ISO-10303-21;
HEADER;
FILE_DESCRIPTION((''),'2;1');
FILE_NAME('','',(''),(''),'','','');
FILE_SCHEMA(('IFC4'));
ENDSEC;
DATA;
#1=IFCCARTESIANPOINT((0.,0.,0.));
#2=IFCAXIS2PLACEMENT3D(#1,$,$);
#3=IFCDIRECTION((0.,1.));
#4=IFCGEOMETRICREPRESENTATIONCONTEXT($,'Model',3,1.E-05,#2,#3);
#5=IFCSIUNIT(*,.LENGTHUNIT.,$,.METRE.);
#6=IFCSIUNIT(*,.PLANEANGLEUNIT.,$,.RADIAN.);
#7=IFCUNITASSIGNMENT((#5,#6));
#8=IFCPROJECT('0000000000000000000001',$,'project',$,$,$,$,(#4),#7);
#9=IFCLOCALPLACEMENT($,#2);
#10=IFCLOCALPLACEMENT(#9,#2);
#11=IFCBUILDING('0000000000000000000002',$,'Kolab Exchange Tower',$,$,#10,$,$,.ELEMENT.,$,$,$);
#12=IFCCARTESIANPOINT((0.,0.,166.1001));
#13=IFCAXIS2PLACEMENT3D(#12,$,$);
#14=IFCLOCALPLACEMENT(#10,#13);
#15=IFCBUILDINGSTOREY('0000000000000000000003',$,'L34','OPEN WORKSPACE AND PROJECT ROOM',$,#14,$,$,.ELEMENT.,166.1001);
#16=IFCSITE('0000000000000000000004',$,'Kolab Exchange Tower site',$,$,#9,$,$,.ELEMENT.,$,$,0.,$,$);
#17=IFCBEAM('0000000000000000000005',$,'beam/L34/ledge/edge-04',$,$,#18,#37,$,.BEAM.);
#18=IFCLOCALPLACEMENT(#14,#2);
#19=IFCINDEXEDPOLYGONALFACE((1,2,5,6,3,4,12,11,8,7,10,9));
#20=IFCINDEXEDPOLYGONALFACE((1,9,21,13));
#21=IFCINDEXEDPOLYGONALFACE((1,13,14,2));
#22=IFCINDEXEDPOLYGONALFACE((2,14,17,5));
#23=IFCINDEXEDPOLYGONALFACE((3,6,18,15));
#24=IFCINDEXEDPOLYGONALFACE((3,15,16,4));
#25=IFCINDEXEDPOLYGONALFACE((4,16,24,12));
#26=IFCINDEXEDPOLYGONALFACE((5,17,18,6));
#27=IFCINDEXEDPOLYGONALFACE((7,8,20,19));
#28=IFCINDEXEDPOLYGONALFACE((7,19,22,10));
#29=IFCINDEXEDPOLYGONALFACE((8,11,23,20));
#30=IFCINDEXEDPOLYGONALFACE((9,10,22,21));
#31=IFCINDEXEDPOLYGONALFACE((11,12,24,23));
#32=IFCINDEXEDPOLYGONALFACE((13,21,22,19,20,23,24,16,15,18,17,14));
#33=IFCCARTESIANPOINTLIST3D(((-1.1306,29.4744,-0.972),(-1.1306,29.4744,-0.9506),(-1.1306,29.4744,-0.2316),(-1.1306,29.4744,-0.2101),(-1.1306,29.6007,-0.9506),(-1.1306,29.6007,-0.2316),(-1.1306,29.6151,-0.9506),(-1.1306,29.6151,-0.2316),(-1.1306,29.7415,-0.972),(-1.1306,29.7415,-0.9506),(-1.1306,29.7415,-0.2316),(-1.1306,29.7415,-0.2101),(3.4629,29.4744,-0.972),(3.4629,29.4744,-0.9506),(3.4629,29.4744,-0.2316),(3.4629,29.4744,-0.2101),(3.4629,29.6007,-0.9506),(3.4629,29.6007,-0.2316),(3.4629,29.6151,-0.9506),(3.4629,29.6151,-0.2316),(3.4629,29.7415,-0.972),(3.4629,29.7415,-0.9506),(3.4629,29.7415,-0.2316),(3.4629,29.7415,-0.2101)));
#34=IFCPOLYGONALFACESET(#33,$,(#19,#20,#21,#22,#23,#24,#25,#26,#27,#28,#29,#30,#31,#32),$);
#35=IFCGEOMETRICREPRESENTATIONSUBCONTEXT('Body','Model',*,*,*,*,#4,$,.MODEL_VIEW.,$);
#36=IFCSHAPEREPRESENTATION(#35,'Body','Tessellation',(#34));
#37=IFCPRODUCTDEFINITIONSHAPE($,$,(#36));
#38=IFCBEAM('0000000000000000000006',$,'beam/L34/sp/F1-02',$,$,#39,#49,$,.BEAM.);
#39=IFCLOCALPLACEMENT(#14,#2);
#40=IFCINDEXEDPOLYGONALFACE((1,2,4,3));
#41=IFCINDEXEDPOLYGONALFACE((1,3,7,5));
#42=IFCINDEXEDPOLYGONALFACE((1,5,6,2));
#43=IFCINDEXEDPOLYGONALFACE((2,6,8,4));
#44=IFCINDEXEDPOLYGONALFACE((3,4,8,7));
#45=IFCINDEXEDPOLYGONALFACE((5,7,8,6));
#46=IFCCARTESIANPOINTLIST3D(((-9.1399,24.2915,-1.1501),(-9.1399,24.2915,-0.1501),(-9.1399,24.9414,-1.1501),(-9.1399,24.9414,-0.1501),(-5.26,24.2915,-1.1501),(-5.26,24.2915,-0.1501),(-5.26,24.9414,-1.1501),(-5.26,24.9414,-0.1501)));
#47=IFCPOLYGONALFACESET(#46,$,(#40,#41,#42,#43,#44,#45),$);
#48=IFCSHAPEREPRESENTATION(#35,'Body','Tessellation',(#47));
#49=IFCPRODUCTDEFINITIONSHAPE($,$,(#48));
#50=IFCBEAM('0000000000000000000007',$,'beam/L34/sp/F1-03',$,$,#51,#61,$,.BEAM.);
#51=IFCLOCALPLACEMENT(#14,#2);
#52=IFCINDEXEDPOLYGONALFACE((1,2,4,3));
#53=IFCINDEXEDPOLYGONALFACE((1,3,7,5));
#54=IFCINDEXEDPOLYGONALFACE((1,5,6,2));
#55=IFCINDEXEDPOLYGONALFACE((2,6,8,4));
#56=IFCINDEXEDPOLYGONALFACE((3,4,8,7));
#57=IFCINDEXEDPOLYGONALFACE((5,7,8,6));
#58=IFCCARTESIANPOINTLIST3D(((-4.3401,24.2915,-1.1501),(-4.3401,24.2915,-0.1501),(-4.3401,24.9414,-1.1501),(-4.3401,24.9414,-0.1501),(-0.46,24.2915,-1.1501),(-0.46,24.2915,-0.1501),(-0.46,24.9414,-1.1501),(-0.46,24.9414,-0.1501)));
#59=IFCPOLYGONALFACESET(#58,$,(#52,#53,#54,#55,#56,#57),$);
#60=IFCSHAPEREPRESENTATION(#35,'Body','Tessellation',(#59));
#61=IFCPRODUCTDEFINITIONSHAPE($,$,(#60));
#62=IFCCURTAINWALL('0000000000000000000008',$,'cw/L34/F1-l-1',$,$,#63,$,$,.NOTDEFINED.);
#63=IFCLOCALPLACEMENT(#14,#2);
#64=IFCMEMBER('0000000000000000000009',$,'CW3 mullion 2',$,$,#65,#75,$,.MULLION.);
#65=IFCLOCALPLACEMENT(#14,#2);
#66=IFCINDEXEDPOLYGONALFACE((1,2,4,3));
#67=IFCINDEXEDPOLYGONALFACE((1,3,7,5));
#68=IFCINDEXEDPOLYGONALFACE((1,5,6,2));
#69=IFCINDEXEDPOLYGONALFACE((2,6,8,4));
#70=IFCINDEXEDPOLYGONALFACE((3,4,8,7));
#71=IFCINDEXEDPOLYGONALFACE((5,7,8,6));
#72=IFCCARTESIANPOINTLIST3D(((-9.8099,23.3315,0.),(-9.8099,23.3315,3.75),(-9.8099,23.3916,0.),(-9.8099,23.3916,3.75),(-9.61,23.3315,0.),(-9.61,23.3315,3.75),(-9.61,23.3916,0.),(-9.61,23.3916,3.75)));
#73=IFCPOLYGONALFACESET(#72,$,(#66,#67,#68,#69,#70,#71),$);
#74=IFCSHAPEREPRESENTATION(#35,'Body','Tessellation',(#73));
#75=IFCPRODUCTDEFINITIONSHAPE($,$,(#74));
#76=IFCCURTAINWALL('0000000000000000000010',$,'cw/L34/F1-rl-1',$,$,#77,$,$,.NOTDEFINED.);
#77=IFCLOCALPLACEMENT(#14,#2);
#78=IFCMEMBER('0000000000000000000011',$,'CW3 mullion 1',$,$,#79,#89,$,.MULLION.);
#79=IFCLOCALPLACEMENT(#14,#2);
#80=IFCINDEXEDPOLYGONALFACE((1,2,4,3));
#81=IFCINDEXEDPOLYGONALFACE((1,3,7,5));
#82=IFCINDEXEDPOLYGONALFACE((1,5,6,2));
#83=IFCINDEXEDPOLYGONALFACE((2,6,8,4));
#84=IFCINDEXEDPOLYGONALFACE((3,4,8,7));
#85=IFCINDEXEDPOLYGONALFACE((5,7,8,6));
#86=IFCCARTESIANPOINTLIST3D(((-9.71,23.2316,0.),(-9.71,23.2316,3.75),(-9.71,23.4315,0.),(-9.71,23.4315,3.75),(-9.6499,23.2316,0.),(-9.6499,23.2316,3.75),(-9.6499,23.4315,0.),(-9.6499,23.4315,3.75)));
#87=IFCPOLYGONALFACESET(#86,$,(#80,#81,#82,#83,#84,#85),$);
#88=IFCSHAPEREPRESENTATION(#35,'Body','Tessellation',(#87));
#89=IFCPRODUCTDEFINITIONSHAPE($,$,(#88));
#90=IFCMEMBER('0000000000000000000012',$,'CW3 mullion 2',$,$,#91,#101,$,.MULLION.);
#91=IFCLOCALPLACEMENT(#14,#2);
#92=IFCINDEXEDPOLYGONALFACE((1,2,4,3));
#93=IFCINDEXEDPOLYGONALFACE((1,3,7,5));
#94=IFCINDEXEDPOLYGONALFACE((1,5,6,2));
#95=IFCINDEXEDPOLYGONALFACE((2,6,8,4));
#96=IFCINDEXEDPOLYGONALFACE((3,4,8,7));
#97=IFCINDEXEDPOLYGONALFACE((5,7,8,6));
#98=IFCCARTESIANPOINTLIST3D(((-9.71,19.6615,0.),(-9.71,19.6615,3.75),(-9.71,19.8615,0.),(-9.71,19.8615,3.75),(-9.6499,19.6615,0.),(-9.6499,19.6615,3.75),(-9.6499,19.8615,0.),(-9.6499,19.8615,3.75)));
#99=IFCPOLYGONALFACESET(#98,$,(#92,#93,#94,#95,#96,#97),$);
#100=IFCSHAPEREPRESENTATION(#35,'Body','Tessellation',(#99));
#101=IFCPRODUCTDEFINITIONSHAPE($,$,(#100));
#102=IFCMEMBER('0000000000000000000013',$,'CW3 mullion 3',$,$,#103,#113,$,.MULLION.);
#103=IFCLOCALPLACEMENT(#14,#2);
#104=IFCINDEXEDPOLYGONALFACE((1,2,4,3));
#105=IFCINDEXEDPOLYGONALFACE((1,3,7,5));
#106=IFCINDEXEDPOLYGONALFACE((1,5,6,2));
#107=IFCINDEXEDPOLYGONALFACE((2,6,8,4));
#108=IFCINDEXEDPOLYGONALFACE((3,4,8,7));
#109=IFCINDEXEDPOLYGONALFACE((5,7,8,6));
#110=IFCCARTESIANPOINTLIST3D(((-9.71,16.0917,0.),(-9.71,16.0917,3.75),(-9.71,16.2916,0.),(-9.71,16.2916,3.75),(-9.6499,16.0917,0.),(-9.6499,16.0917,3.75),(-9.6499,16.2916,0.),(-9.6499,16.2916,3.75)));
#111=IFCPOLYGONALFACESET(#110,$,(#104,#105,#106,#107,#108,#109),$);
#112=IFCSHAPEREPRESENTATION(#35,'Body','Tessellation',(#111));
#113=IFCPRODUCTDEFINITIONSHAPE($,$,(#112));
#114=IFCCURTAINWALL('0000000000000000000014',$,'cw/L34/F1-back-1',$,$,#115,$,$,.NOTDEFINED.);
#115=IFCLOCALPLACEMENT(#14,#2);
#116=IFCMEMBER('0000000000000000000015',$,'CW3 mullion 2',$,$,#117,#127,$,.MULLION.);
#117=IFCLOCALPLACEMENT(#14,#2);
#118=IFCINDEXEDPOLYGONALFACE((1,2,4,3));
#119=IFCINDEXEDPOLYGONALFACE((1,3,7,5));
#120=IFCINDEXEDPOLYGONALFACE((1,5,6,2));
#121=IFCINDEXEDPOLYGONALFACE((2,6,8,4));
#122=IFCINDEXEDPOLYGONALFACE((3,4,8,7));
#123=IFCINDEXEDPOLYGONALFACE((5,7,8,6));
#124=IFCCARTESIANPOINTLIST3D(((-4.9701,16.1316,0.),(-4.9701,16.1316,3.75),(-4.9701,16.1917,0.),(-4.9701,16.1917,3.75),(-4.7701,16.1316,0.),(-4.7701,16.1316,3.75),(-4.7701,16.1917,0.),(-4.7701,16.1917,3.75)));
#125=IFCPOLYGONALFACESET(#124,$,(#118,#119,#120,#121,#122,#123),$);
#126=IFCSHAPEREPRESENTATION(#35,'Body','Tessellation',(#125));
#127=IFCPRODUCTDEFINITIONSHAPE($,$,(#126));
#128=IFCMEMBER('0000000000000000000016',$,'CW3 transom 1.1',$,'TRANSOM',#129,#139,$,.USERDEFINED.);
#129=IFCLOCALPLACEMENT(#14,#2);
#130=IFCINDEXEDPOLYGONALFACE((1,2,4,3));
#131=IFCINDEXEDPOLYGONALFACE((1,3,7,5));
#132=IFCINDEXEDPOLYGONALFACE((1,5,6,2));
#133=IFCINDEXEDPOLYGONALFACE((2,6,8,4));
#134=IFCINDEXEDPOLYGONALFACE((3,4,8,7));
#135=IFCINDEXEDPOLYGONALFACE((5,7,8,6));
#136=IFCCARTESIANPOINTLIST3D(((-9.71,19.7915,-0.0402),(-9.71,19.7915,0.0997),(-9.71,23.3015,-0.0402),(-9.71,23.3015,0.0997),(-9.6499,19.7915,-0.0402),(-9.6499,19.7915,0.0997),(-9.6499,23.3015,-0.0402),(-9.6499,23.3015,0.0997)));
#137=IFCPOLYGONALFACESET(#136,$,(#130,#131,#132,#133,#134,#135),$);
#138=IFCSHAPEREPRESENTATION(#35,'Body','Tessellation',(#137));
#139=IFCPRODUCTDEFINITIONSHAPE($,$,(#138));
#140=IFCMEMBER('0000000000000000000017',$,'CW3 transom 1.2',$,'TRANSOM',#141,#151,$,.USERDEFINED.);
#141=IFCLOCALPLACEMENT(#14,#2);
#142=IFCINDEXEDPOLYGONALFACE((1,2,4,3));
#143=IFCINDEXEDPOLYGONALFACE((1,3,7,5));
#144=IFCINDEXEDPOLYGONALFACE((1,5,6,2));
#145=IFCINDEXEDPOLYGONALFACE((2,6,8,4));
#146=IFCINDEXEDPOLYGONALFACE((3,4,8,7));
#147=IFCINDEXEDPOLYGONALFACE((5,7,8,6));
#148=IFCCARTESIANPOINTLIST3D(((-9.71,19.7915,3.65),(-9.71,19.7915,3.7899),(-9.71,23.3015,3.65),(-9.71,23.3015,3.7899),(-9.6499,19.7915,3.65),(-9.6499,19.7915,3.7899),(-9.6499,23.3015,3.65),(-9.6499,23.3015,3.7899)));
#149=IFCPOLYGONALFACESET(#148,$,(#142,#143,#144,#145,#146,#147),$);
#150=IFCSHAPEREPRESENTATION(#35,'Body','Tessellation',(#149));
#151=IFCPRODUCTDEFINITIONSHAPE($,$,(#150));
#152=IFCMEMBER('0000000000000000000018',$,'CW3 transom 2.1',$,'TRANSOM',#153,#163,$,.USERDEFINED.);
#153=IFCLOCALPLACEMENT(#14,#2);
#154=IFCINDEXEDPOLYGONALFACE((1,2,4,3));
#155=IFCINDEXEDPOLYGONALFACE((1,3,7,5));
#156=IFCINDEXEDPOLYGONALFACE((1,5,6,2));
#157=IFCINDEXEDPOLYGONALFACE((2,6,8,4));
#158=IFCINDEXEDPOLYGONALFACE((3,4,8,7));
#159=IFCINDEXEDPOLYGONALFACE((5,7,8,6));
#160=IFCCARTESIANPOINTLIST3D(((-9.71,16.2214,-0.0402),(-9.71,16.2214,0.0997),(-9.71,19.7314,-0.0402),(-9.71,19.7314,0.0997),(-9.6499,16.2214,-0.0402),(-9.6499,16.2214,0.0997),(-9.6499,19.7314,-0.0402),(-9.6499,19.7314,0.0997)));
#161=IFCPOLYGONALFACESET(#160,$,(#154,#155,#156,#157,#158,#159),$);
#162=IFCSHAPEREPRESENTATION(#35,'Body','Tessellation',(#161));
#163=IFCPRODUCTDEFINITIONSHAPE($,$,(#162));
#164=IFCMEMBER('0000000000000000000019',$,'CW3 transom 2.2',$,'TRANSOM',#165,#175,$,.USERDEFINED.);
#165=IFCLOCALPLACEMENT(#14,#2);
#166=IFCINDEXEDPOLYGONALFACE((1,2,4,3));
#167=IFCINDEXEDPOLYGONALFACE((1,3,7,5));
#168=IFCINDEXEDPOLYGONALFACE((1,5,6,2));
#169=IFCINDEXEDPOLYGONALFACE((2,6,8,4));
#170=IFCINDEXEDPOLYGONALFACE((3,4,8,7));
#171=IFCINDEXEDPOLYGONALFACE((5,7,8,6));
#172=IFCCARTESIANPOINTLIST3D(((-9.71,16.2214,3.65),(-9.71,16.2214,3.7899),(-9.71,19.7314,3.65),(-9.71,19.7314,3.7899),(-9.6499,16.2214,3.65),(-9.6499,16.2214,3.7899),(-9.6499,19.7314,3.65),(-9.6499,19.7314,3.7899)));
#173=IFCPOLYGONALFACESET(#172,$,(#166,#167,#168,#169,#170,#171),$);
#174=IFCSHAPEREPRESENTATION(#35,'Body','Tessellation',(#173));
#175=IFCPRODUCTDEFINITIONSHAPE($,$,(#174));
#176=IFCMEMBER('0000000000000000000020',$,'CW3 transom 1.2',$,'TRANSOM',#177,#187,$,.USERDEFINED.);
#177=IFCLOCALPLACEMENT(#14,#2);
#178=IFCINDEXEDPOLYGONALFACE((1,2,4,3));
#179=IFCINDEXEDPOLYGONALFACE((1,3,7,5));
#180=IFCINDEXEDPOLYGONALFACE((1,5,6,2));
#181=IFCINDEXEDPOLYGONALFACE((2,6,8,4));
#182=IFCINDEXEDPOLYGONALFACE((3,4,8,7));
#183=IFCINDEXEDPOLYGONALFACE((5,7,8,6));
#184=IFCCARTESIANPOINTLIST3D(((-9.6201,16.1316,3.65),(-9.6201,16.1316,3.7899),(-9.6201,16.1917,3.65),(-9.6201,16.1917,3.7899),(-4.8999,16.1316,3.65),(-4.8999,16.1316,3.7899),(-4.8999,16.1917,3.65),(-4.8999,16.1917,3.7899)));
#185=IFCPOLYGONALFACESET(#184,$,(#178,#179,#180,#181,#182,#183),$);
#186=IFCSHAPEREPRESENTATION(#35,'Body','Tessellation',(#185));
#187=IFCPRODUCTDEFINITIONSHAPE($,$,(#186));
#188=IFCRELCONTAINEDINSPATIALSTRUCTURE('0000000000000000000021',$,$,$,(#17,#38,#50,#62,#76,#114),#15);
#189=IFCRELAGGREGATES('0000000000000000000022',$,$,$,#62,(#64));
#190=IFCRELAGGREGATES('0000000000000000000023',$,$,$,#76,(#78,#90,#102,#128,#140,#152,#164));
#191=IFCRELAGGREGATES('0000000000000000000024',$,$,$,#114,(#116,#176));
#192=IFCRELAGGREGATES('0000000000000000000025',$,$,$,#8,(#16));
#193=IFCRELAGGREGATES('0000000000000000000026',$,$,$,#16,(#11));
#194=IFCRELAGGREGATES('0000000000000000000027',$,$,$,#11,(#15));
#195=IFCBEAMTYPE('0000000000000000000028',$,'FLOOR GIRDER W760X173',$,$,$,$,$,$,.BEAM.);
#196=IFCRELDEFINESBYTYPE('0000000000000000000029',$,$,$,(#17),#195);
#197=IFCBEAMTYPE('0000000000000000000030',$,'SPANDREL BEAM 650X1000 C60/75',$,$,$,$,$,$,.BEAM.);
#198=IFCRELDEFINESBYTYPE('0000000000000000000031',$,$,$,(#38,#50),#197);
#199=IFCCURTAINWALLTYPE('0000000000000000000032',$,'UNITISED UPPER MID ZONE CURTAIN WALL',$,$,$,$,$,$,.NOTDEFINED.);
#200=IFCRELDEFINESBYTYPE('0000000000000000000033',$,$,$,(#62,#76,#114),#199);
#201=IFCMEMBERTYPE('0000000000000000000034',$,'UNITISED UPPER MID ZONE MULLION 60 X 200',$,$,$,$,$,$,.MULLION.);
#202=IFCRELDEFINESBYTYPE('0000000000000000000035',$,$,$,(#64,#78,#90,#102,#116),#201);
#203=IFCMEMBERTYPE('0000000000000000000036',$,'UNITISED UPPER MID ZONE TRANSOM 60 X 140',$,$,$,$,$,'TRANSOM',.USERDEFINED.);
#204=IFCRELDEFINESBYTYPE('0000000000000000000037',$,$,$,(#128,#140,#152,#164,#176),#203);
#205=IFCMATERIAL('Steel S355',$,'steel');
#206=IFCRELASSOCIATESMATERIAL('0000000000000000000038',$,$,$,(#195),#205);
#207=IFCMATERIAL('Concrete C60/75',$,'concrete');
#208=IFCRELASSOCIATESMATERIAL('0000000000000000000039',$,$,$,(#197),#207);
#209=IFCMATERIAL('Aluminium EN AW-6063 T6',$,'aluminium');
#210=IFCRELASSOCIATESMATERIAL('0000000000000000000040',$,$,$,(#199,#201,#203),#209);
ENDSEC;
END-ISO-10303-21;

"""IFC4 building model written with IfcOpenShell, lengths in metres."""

from ifc_helpers import new_model, si_unit, direction, frame, origin, origin_2d, place, context, subcontext, project, spatial, rectangle, i_section, extrude, material, material_profile, profile_set, type_object, element, aggregate, save


model = new_model("IFC4")

# Units and contexts
model_context = context("Model", 3, precision=1e-05, world=origin(), true_north=direction((0.0, 1.0)))
body_context = subcontext(model_context, "Body", "Model", "MODEL_VIEW")
ifc_project = project(units=[si_unit("LENGTHUNIT", "METRE"), si_unit("PLANEANGLEUNIT", "RADIAN")], contexts=[model_context])

# Site, building, storey
site_placement = place(None, origin())
site = spatial("IfcSite", under=ifc_project, at=site_placement, Name="Kolab Exchange Tower site", CompositionType="ELEMENT", RefElevation=0.0)
building_placement = place(site_placement, origin())
building = spatial("IfcBuilding", under=site, at=building_placement, Name="Kolab Exchange Tower", CompositionType="ELEMENT")
storey_placement = place(building_placement, frame((0.0, 0.0, 166.1001)))
storey = spatial("IfcBuildingStorey", under=building, at=storey_placement, Name="L34", Description="OPEN WORKSPACE AND PROJECT ROOM", CompositionType="ELEMENT", Elevation=166.1001)

# Shared definitions
ifc_material_1 = material(Name="Concrete C60/75", Category="concrete")

# Beams
ifc_material_2 = material(Name="Steel S355", Category="steel")
ifc_material_profile_1 = material_profile(ifc_material_2, i_section(OverallWidth=0.2671, OverallDepth=0.762, WebThickness=0.0144, FlangeThickness=0.0215, at=origin_2d()), Name="W760X173")
ifc_profile_set_1 = profile_set([ifc_material_profile_1], Name="Steel S355")
beam_type_1 = type_object("IfcBeamType", Name="FLOOR GIRDER W760X173", PredefinedType="BEAM", material=ifc_profile_set_1)
beam_1_placement = place(storey_placement, frame((-1.1306, 29.6079, -0.5911), z_axis=(1.0, 0.0, 0.0), x_axis=(0.0, 1.0, 0.0)))
element("IfcBeam", 1, at=beam_1_placement, inside=storey, type_object=beam_type_1, Name="beam/L34/ledge/edge-04", PredefinedType="BEAM", context=body_context, shape_type="SweptSolid", body=[
    extrude(i_section(OverallWidth=0.2671, OverallDepth=0.762, WebThickness=0.0144, FlangeThickness=0.0215, at=origin_2d()), origin(), (0.0, 0.0, 1.0), 4.5935),
])
ifc_material_profile_2 = material_profile(ifc_material_1, rectangle(XDim=0.6499, YDim=1.0, at=origin_2d()), Name="RC650X1000")
ifc_profile_set_2 = profile_set([ifc_material_profile_2], Name="Concrete C60/75")
beam_type_2 = type_object("IfcBeamType", Name="SPANDREL BEAM 650X1000 C60/75", PredefinedType="BEAM", material=ifc_profile_set_2)
beam_2_placement = place(storey_placement, frame((-9.1399, 24.6165, -0.6501), z_axis=(1.0, 0.0, 0.0), x_axis=(0.0, 1.0, 0.0)))
element("IfcBeam", 2, at=beam_2_placement, inside=storey, type_object=beam_type_2, Name="beam/L34/sp/F1-02", PredefinedType="BEAM", context=body_context, shape_type="SweptSolid", body=[
    extrude(rectangle(XDim=0.6499, YDim=1.0, at=origin_2d()), origin(), (0.0, 0.0, 1.0), 3.8799),
])
beam_3_placement = place(storey_placement, frame((-4.3401, 24.6165, -0.6501), z_axis=(1.0, 0.0, 0.0), x_axis=(0.0, 1.0, 0.0)))
element("IfcBeam", 3, at=beam_3_placement, inside=storey, type_object=beam_type_2, Name="beam/L34/sp/F1-03", PredefinedType="BEAM", context=body_context, shape_type="SweptSolid", body=[
    extrude(rectangle(XDim=0.6499, YDim=1.0, at=origin_2d()), origin(), (0.0, 0.0, 1.0), 3.8801),
])

# Curtain wall, member
ifc_material_3 = material(Name="Aluminium EN AW-6063 T6", Category="aluminium")
curtain_wall_type = type_object("IfcCurtainWallType", Name="UNITISED UPPER MID ZONE CURTAIN WALL", PredefinedType="NOTDEFINED", material=ifc_material_3)
curtain_wall_1_placement = place(storey_placement, origin())
curtain_wall_1 = element("IfcCurtainWall", 4, at=curtain_wall_1_placement, inside=storey, type_object=curtain_wall_type, Name="cw/L34/F1-l-1", PredefinedType="NOTDEFINED")
ifc_material_profile_3 = material_profile(ifc_material_3, rectangle(XDim=0.0601, YDim=0.2, at=origin_2d()), Name="RECT 60X200")
ifc_profile_set_3 = profile_set([ifc_material_profile_3], Name="Aluminium EN AW-6063 T6")
member_type_1 = type_object("IfcMemberType", Name="UNITISED UPPER MID ZONE MULLION 60 X 200", PredefinedType="MULLION", material=ifc_profile_set_3)
member_1_placement = place(storey_placement, frame((-9.71, 23.3616, 0.0), z_axis=(0.0, 0.0, 1.0), x_axis=(0.0, 1.0, 0.0)))
member_1 = element("IfcMember", 5, at=member_1_placement, type_object=member_type_1, Name="CW3 mullion 2", PredefinedType="MULLION", context=body_context, shape_type="SweptSolid", body=[
    extrude(rectangle(XDim=0.0601, YDim=0.2, at=origin_2d()), origin(), (0.0, 0.0, 1.0), 3.75),
])
aggregate(curtain_wall_1, [member_1])

# Curtain wall, members
curtain_wall_2_placement = place(storey_placement, origin())
curtain_wall_2 = element("IfcCurtainWall", 6, at=curtain_wall_2_placement, inside=storey, type_object=curtain_wall_type, Name="cw/L34/F1-rl-1", PredefinedType="NOTDEFINED")
member_2_placement = place(storey_placement, frame((-9.6799, 23.3315, 0.0), z_axis=(0.0, 0.0, 1.0), x_axis=(1.0, 0.0, 0.0)))
member_2 = element("IfcMember", 7, at=member_2_placement, type_object=member_type_1, Name="CW3 mullion 1", PredefinedType="MULLION", context=body_context, shape_type="SweptSolid", body=[
    extrude(rectangle(XDim=0.0601, YDim=0.2, at=origin_2d()), origin(), (0.0, 0.0, 1.0), 3.75),
])
member_3_placement = place(storey_placement, frame((-9.6799, 19.7615, 0.0), z_axis=(0.0, 0.0, 1.0), x_axis=(1.0, 0.0, 0.0)))
member_3 = element("IfcMember", 8, at=member_3_placement, type_object=member_type_1, Name="CW3 mullion 2", PredefinedType="MULLION", context=body_context, shape_type="SweptSolid", body=[
    extrude(rectangle(XDim=0.0601, YDim=0.2, at=origin_2d()), origin(), (0.0, 0.0, 1.0), 3.75),
])
member_4_placement = place(storey_placement, frame((-9.6799, 16.1917, 0.0), z_axis=(0.0, 0.0, 1.0), x_axis=(1.0, 0.0, 0.0)))
member_4 = element("IfcMember", 9, at=member_4_placement, type_object=member_type_1, Name="CW3 mullion 3", PredefinedType="MULLION", context=body_context, shape_type="SweptSolid", body=[
    extrude(rectangle(XDim=0.0601, YDim=0.2, at=origin_2d()), origin(), (0.0, 0.0, 1.0), 3.75),
])

# Curtain wall, member
curtain_wall_3_placement = place(storey_placement, origin())
curtain_wall_3 = element("IfcCurtainWall", 10, at=curtain_wall_3_placement, inside=storey, type_object=curtain_wall_type, Name="cw/L34/F1-back-1", PredefinedType="NOTDEFINED")
member_5_placement = place(storey_placement, frame((-4.8701, 16.1616, 0.0), z_axis=(0.0, 0.0, 1.0), x_axis=(0.0, 1.0, 0.0)))
member_5 = element("IfcMember", 11, at=member_5_placement, type_object=member_type_1, Name="CW3 mullion 2", PredefinedType="MULLION", context=body_context, shape_type="SweptSolid", body=[
    extrude(rectangle(XDim=0.0601, YDim=0.2, at=origin_2d()), origin(), (0.0, 0.0, 1.0), 3.75),
])

# Members
ifc_material_profile_4 = material_profile(ifc_material_3, rectangle(XDim=0.0601, YDim=0.1399, at=origin_2d()), Name="RECT 60X140")
ifc_profile_set_4 = profile_set([ifc_material_profile_4], Name="Aluminium EN AW-6063 T6")
member_type_2 = type_object("IfcMemberType", Name="UNITISED UPPER MID ZONE TRANSOM 60 X 140", ElementType="TRANSOM", PredefinedType="USERDEFINED", material=ifc_profile_set_4)
member_6_placement = place(storey_placement, frame((-9.6799, 23.3015, 0.0298), z_axis=(0.0, -1.0, 0.0), x_axis=(1.0, 0.0, 0.0)))
member_6 = element("IfcMember", 12, at=member_6_placement, type_object=member_type_2, Name="CW3 transom 1.1", ObjectType="TRANSOM", PredefinedType="USERDEFINED", context=body_context, shape_type="SweptSolid", body=[
    extrude(rectangle(XDim=0.0601, YDim=0.1399, at=origin_2d()), origin(), (0.0, 0.0, 1.0), 3.51),
])
member_7_placement = place(storey_placement, frame((-9.6799, 23.3015, 3.72), z_axis=(0.0, -1.0, 0.0), x_axis=(1.0, 0.0, 0.0)))
member_7 = element("IfcMember", 13, at=member_7_placement, type_object=member_type_2, Name="CW3 transom 1.2", ObjectType="TRANSOM", PredefinedType="USERDEFINED", context=body_context, shape_type="SweptSolid", body=[
    extrude(rectangle(XDim=0.0601, YDim=0.1399, at=origin_2d()), origin(), (0.0, 0.0, 1.0), 3.51),
])
member_8_placement = place(storey_placement, frame((-9.6799, 19.7314, 0.0298), z_axis=(0.0, -1.0, 0.0), x_axis=(1.0, 0.0, 0.0)))
member_8 = element("IfcMember", 14, at=member_8_placement, type_object=member_type_2, Name="CW3 transom 2.1", ObjectType="TRANSOM", PredefinedType="USERDEFINED", context=body_context, shape_type="SweptSolid", body=[
    extrude(rectangle(XDim=0.0601, YDim=0.1399, at=origin_2d()), origin(), (0.0, 0.0, 1.0), 3.51),
])
member_9_placement = place(storey_placement, frame((-9.6799, 19.7314, 3.72), z_axis=(0.0, -1.0, 0.0), x_axis=(1.0, 0.0, 0.0)))
member_9 = element("IfcMember", 15, at=member_9_placement, type_object=member_type_2, Name="CW3 transom 2.2", ObjectType="TRANSOM", PredefinedType="USERDEFINED", context=body_context, shape_type="SweptSolid", body=[
    extrude(rectangle(XDim=0.0601, YDim=0.1399, at=origin_2d()), origin(), (0.0, 0.0, 1.0), 3.51),
])
member_10_placement = place(storey_placement, frame((-9.6201, 16.1616, 3.72), z_axis=(1.0, 0.0, 0.0), x_axis=(0.0, 1.0, 0.0)))
member_10 = element("IfcMember", 16, at=member_10_placement, type_object=member_type_2, Name="CW3 transom 1.2", ObjectType="TRANSOM", PredefinedType="USERDEFINED", context=body_context, shape_type="SweptSolid", body=[
    extrude(rectangle(XDim=0.0601, YDim=0.1399, at=origin_2d()), origin(), (0.0, 0.0, 1.0), 4.7202),
])

aggregate(curtain_wall_2, [member_2, member_3, member_4, member_6, member_7, member_8, member_9])
aggregate(curtain_wall_3, [member_5, member_10])

save(model, "model.ifc")
